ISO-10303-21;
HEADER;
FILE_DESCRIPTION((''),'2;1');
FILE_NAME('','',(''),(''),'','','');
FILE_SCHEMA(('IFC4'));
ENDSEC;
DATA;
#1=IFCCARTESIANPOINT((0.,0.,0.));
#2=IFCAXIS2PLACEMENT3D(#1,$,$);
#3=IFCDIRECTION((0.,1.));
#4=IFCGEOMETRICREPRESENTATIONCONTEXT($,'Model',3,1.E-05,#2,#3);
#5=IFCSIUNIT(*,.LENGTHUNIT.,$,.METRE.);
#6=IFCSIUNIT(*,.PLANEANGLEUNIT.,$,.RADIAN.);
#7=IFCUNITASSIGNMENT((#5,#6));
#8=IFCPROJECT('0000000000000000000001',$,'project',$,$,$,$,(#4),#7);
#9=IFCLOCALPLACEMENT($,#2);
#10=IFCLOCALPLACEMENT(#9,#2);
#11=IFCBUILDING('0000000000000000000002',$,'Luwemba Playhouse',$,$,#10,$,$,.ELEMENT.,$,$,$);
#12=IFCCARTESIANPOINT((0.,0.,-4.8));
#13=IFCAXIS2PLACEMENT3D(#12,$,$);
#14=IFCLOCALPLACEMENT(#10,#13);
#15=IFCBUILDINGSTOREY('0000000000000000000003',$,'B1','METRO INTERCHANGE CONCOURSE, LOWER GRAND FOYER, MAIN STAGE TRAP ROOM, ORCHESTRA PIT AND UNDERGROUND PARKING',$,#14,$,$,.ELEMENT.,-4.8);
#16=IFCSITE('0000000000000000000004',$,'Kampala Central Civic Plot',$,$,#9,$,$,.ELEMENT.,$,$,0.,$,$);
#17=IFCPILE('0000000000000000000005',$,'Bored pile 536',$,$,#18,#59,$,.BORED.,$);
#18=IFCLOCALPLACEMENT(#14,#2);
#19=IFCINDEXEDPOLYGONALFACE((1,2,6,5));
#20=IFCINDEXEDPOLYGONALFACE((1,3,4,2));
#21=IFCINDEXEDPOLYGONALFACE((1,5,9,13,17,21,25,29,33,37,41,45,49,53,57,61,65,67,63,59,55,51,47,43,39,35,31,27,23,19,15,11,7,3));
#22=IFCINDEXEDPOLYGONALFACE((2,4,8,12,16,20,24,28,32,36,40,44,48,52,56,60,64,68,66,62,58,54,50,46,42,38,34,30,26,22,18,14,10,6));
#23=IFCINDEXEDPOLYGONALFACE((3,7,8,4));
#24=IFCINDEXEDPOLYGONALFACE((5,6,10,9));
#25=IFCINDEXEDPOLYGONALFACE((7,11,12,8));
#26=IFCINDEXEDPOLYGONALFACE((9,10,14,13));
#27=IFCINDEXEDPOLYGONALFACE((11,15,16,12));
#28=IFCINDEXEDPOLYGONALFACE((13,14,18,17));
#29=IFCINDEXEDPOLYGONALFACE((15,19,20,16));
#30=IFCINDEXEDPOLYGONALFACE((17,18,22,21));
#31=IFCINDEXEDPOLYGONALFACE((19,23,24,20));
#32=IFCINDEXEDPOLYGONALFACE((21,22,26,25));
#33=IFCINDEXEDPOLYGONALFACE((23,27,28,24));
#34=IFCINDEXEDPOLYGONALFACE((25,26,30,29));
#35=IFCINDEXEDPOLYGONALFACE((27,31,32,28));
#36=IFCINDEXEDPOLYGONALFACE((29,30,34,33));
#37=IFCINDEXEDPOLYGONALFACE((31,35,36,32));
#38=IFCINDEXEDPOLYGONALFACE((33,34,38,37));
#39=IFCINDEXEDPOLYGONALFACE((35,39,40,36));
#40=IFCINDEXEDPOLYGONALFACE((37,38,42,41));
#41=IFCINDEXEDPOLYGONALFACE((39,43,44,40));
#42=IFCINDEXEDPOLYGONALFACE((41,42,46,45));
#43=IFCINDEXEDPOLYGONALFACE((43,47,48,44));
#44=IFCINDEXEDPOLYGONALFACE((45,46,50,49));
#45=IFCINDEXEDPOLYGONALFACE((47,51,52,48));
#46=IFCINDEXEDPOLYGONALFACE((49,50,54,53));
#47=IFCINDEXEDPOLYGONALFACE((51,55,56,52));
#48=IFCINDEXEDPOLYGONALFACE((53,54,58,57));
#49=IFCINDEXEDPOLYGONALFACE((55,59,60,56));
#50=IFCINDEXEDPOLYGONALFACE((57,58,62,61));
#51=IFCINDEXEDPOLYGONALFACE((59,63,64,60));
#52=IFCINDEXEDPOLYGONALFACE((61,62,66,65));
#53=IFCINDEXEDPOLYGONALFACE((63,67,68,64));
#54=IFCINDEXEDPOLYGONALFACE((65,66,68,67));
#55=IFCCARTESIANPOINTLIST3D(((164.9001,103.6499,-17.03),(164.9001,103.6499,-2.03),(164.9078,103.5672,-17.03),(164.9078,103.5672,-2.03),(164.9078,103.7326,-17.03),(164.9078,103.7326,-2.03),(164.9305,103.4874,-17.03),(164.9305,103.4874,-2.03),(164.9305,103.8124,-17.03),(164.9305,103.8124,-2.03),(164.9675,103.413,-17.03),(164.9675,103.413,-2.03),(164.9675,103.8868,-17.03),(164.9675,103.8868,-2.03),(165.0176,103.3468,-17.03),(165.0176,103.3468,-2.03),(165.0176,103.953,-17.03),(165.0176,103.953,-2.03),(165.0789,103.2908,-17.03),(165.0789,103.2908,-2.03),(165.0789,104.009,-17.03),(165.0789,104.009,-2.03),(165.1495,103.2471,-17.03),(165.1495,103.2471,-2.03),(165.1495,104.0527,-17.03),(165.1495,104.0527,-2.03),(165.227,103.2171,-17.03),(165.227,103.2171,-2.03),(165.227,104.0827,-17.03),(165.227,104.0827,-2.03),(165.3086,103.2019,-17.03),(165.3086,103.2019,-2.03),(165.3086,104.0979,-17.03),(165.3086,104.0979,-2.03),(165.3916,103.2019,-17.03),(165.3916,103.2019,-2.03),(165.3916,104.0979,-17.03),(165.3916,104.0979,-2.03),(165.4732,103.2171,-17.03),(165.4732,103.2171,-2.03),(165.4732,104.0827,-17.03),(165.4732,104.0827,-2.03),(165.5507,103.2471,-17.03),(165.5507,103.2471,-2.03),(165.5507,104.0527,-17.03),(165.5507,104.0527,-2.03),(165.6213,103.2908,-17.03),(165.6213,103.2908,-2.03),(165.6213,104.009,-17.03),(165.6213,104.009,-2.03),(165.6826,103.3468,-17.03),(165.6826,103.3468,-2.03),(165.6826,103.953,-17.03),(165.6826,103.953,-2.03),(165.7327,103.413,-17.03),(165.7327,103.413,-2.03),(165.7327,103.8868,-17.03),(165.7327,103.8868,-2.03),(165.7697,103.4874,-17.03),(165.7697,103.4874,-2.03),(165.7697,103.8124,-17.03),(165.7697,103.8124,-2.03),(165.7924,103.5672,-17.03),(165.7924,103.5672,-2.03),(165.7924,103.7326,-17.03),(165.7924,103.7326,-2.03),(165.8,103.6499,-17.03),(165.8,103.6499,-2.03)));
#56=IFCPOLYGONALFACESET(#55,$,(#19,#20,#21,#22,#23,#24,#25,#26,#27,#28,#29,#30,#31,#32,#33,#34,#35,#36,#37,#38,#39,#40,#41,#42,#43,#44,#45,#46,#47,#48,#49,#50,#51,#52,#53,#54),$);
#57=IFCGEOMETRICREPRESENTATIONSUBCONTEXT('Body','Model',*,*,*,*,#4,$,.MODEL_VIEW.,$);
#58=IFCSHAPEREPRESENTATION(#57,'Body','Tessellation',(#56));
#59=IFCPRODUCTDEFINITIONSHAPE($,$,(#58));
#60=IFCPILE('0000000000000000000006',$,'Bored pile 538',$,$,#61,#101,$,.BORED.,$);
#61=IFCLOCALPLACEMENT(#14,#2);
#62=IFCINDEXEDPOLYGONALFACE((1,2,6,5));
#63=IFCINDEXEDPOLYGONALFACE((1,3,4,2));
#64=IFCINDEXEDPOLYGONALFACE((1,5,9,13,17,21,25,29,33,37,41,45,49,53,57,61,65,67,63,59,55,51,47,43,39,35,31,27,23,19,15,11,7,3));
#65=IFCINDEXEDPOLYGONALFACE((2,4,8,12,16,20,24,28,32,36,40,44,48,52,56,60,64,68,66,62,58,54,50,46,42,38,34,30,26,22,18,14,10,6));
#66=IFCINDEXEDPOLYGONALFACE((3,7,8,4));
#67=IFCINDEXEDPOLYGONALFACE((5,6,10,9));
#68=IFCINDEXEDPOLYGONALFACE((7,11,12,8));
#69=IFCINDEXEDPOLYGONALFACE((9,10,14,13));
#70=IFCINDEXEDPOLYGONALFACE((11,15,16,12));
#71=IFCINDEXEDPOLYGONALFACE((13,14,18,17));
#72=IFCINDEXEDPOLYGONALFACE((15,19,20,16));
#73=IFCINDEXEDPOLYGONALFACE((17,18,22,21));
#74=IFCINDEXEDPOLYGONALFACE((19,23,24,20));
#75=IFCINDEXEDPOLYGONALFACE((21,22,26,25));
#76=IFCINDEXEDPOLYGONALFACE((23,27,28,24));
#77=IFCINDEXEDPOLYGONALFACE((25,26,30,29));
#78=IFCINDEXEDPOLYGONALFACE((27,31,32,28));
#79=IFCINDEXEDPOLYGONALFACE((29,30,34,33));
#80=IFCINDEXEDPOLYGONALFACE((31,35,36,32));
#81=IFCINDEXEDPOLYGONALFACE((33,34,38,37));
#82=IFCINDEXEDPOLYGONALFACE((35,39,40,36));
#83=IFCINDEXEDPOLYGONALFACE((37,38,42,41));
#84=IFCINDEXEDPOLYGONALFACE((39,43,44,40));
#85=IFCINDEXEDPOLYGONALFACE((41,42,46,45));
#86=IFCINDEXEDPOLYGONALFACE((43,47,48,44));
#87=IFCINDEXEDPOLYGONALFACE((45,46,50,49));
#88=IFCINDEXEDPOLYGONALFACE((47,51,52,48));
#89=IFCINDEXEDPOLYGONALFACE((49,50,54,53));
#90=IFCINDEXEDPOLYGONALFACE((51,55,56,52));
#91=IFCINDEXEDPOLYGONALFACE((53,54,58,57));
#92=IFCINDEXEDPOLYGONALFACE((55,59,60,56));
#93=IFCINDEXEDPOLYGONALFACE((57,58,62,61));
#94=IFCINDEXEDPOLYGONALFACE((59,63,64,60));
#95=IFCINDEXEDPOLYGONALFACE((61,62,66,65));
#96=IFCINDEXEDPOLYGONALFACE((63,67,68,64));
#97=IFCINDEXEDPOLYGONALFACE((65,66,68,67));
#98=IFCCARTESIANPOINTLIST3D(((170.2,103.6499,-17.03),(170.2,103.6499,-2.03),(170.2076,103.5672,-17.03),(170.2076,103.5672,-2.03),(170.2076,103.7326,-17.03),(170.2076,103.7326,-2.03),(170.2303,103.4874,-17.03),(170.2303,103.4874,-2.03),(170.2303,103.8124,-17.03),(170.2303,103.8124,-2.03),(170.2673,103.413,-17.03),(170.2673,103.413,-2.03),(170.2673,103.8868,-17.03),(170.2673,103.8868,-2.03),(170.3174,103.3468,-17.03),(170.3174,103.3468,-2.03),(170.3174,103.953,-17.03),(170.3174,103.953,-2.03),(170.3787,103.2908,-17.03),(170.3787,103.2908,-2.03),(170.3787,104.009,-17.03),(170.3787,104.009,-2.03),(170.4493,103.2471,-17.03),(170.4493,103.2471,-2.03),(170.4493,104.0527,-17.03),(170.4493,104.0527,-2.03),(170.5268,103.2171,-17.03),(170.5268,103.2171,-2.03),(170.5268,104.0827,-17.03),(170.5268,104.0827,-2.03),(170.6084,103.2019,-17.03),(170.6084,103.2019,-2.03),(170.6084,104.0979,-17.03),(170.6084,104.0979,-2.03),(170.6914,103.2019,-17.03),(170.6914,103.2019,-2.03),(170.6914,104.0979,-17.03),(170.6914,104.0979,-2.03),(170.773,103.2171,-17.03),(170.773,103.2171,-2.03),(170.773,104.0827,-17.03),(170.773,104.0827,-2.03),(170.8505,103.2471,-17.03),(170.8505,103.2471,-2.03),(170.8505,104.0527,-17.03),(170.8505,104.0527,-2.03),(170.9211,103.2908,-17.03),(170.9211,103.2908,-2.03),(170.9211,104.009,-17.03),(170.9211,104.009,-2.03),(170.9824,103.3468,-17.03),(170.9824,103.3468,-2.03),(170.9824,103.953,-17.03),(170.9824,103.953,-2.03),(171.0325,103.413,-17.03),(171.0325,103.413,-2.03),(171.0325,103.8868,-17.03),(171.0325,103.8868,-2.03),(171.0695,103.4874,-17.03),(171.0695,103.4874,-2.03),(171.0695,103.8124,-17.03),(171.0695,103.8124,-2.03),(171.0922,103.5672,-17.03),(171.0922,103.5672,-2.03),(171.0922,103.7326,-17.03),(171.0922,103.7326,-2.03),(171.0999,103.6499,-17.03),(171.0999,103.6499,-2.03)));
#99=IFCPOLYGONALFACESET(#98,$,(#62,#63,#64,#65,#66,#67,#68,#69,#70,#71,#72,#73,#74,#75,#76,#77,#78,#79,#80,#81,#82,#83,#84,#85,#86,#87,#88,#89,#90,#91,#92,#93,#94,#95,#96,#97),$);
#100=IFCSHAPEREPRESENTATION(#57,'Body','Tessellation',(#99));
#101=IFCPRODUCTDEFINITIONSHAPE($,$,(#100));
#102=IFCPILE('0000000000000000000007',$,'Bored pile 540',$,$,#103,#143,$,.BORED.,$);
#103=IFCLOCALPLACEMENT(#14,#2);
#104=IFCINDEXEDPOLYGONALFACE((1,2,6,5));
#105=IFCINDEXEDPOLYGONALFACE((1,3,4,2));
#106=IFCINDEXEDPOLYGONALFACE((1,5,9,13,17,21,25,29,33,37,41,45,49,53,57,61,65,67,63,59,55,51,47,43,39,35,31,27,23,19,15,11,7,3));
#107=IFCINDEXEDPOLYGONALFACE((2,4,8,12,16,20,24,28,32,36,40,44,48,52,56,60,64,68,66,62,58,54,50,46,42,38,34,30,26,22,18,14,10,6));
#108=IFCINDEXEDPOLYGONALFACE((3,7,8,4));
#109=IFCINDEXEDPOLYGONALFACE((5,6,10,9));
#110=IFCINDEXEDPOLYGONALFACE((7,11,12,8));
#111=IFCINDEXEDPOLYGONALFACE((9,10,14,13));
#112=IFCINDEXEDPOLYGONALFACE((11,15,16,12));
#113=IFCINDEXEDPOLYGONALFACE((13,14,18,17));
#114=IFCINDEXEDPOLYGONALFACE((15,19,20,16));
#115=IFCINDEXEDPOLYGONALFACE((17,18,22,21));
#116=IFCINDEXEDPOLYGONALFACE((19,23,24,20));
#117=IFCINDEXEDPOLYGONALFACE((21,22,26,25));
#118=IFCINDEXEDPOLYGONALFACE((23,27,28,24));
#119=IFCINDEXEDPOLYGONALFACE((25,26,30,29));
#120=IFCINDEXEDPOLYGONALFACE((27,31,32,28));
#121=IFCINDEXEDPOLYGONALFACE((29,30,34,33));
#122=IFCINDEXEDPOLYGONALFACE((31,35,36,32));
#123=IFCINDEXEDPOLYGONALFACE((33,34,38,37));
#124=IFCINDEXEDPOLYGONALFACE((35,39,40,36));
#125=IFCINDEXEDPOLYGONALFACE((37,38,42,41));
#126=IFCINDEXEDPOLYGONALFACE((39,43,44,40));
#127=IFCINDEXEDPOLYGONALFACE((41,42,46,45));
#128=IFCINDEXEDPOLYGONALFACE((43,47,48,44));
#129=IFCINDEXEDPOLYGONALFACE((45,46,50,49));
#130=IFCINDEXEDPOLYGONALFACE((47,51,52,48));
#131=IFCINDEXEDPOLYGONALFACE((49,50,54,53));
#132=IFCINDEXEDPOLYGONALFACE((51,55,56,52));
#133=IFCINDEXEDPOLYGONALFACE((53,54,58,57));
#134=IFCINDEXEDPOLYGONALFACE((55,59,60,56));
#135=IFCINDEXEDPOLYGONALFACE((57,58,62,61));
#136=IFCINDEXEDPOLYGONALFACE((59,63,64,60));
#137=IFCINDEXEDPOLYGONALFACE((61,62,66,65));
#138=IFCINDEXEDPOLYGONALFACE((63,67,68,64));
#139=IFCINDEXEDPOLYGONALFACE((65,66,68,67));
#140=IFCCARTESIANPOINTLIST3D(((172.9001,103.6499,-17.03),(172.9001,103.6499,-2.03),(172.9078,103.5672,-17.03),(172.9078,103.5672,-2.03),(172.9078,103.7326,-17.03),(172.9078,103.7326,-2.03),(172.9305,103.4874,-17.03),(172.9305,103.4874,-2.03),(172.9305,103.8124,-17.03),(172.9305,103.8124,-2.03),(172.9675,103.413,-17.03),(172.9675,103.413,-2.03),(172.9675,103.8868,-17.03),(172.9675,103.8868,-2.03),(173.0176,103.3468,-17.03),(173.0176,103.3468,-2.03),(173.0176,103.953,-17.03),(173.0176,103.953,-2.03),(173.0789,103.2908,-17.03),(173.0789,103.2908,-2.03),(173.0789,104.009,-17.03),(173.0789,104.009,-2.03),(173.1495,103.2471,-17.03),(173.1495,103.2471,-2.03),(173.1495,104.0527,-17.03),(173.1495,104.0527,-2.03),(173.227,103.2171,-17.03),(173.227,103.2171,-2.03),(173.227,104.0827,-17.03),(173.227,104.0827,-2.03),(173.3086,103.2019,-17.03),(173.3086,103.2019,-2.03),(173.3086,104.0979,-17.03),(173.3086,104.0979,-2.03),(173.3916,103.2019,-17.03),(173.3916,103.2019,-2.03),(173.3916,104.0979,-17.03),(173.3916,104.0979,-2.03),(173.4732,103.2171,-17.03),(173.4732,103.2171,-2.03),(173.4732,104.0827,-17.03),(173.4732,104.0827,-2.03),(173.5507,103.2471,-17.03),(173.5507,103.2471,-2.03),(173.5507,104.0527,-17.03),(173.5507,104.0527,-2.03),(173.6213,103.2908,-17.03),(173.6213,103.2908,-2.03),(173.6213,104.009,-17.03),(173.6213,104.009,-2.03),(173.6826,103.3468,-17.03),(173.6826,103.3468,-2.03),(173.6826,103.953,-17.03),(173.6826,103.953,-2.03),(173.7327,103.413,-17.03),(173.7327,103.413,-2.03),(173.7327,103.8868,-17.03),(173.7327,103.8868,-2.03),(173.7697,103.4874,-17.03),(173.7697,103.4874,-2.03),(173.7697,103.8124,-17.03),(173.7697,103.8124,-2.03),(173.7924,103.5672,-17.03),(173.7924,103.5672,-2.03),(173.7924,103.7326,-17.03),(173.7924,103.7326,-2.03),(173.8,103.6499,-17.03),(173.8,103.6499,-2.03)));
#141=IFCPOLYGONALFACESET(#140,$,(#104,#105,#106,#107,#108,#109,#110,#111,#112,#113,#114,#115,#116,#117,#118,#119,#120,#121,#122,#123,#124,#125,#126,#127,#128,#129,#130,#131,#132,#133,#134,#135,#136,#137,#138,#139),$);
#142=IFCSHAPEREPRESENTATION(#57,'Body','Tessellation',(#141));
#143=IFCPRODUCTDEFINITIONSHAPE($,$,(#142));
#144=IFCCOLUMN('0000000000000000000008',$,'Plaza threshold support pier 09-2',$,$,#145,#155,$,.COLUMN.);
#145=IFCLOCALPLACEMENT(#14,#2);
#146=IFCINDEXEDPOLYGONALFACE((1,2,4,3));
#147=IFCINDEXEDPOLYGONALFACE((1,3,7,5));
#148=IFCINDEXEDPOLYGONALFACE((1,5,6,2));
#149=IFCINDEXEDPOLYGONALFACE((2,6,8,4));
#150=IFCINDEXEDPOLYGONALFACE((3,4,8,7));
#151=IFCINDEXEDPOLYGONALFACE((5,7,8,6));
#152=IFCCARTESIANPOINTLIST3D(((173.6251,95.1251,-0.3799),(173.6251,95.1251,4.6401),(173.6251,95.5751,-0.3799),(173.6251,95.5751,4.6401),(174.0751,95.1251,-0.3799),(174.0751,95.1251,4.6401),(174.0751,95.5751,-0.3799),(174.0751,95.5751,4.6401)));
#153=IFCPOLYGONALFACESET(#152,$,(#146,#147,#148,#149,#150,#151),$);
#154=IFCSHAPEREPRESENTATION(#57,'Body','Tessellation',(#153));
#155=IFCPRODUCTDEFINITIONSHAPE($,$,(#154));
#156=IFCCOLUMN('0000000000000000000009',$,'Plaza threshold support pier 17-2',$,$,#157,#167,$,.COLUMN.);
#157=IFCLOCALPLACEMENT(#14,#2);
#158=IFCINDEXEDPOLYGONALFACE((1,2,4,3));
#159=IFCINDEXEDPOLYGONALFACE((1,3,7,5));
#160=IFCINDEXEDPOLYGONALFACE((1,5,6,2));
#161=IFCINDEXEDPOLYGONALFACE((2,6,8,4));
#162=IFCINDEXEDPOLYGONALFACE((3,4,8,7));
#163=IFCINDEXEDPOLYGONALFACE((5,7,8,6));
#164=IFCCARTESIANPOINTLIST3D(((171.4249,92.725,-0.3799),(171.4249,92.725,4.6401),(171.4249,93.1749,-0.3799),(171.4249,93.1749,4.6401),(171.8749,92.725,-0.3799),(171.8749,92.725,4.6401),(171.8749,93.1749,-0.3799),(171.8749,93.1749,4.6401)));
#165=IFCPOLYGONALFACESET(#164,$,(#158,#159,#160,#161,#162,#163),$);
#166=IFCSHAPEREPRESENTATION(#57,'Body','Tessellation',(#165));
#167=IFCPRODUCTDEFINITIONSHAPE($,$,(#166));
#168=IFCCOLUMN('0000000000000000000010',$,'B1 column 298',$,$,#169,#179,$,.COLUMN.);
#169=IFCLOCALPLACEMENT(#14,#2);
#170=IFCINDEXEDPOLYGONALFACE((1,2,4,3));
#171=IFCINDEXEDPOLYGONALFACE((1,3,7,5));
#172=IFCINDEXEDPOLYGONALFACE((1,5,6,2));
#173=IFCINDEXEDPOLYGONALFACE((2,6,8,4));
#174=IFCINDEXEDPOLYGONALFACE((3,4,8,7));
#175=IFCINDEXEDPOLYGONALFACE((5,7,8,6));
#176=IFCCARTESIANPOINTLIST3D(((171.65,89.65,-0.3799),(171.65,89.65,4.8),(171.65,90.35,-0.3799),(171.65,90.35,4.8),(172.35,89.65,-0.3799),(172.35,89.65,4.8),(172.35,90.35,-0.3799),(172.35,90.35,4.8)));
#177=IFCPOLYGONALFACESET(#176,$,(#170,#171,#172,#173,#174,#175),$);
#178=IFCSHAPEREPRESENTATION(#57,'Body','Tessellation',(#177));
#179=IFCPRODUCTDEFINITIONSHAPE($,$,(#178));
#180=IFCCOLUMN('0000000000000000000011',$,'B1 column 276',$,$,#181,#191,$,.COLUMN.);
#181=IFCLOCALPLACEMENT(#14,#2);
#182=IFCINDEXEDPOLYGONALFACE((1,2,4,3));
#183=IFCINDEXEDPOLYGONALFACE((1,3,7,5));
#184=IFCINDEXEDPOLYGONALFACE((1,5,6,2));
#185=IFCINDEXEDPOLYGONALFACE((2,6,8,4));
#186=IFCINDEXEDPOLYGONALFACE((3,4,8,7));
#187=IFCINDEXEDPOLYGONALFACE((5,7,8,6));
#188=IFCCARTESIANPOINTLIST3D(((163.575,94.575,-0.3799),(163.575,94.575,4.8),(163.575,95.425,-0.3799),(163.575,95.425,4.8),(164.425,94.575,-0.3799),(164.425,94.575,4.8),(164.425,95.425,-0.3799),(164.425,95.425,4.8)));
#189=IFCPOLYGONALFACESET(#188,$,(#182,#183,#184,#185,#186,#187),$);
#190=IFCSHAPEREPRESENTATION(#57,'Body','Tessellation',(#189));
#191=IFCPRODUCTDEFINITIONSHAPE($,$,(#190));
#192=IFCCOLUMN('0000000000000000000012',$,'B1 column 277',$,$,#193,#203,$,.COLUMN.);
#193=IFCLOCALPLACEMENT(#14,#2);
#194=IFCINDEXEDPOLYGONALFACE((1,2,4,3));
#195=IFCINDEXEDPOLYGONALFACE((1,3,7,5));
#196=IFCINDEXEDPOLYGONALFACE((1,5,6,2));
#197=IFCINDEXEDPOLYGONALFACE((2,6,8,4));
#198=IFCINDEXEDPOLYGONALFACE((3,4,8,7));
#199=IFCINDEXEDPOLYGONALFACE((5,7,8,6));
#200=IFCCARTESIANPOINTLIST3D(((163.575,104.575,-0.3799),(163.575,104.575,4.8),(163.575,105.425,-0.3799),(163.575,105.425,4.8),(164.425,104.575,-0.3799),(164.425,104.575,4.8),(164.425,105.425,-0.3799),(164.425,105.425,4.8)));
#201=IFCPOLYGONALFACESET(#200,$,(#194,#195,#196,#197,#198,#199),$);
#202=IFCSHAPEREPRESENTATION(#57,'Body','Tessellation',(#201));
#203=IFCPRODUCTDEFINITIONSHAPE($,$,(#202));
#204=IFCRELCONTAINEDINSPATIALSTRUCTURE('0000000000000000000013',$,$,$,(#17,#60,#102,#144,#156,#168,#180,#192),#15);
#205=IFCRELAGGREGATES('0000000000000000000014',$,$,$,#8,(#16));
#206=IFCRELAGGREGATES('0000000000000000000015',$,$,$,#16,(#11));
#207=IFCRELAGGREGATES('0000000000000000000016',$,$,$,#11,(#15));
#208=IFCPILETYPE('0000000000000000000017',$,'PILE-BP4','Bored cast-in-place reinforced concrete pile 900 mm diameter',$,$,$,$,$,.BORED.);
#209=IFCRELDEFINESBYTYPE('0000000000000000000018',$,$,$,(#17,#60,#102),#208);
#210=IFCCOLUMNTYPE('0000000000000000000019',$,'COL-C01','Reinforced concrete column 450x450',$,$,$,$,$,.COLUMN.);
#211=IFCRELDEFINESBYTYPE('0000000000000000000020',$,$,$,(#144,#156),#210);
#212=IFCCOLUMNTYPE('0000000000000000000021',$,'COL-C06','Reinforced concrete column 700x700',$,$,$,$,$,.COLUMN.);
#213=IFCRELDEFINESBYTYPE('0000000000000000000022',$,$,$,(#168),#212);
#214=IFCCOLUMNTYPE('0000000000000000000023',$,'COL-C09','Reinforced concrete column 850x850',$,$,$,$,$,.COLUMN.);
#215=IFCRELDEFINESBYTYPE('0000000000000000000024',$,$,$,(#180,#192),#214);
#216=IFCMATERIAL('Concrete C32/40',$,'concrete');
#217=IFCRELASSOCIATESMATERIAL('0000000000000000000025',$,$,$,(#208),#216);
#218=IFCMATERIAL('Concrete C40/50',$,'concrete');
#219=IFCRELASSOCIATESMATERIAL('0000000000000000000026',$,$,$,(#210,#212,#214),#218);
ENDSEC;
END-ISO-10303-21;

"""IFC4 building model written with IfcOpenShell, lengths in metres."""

from ifc_helpers import new_model, si_unit, direction, frame, origin, origin_2d, place, context, subcontext, project, spatial, rectangle, circle, extrude, material, material_profile, profile_set, type_object, element, save


model = new_model("IFC4")

# Units and contexts
model_context = context("Model", 3, precision=1e-05, world=origin(), true_north=direction((0.0, 1.0)))
body_context = subcontext(model_context, "Body", "Model", "MODEL_VIEW")
ifc_project = project(units=[si_unit("LENGTHUNIT", "METRE"), si_unit("PLANEANGLEUNIT", "RADIAN")], contexts=[model_context])

# Site, building, storey
site_placement = place(None, origin())
site = spatial("IfcSite", under=ifc_project, at=site_placement, Name="Kampala Central Civic Plot", CompositionType="ELEMENT", RefElevation=0.0)
building_placement = place(site_placement, origin())
building = spatial("IfcBuilding", under=site, at=building_placement, Name="Luwemba Playhouse", CompositionType="ELEMENT")
storey_placement = place(building_placement, frame((0.0, 0.0, -4.8)))
storey = spatial("IfcBuildingStorey", under=building, at=storey_placement, Name="B1", Description="METRO INTERCHANGE CONCOURSE, LOWER GRAND FOYER, MAIN STAGE TRAP ROOM, ORCHESTRA PIT AND UNDERGROUND PARKING", CompositionType="ELEMENT", Elevation=-4.8)

# Shared definitions
ifc_material_1 = material(Name="Concrete C32/40", Category="concrete")

# Piles
ifc_material_profile_1 = material_profile(ifc_material_1, circle(Radius=0.45, at=origin_2d()))
ifc_profile_set_1 = profile_set([ifc_material_profile_1], Name="Concrete C32/40")
pile_type_1 = type_object("IfcPileType", Name="PILE-BP4", Description="Bored cast-in-place reinforced concrete pile 900 mm diameter", PredefinedType="BORED", material=ifc_profile_set_1)
for number, where, z_axis, x_axis, name in (
    (1, (165.3501, 103.6499, -2.03), (0.0, 0.0, -1.0), (1.0, 0.0, 0.0), "Bored pile 536"),
    (2, (170.6499, 103.6499, -2.03), (0.0, 0.0, -1.0), (1.0, 0.0, 0.0), "Bored pile 538"),
    (3, (173.3501, 103.6499, -2.03), (0.0, 0.0, -1.0), (1.0, 0.0, 0.0), "Bored pile 540"),
):
    element("IfcPile", number, at=place(storey_placement, frame(where, z_axis=z_axis, x_axis=x_axis)), inside=storey, type_object=pile_type_1, Name=name, PredefinedType="BORED", context=body_context, shape_type="SweptSolid", body=[
        extrude(circle(Radius=0.45, at=origin_2d()), origin(), (0.0, 0.0, 1.0), 15.0),
    ])

# Columns
ifc_material_2 = material(Name="Concrete C40/50", Category="concrete")
ifc_material_profile_2 = material_profile(ifc_material_2, rectangle(XDim=0.45, YDim=0.45, at=origin_2d()))
ifc_profile_set_2 = profile_set([ifc_material_profile_2], Name="Concrete C40/50")
column_type_1 = type_object("IfcColumnType", Name="COL-C01", Description="Reinforced concrete column 450x450", PredefinedType="COLUMN", material=ifc_profile_set_2)
for number, where, z_axis, x_axis, name in (
    (4, (173.8501, 95.3501, -0.3799), (0.0, 0.0, 1.0), (1.0, 0.0, 0.0), "Plaza threshold support pier 09-2"),
    (5, (171.6499, 92.95, -0.3799), (0.0, 0.0, 1.0), (1.0, 0.0, 0.0), "Plaza threshold support pier 17-2"),
):
    element("IfcColumn", number, at=place(storey_placement, frame(where, z_axis=z_axis, x_axis=x_axis)), inside=storey, type_object=column_type_1, Name=name, PredefinedType="COLUMN", context=body_context, shape_type="SweptSolid", body=[
        extrude(rectangle(XDim=0.45, YDim=0.45, at=origin_2d()), origin(), (0.0, 0.0, 1.0), 5.02),
    ])
ifc_material_profile_3 = material_profile(ifc_material_2, rectangle(XDim=0.7, YDim=0.7, at=origin_2d()))
ifc_profile_set_3 = profile_set([ifc_material_profile_3], Name="Concrete C40/50")
column_type_2 = type_object("IfcColumnType", Name="COL-C06", Description="Reinforced concrete column 700x700", PredefinedType="COLUMN", material=ifc_profile_set_3)
column_1_placement = place(storey_placement, frame((172.0, 90.0, -0.3799), z_axis=(0.0, 0.0, 1.0), x_axis=(1.0, 0.0, 0.0)))
element("IfcColumn", 6, at=column_1_placement, inside=storey, type_object=column_type_2, Name="B1 column 298", PredefinedType="COLUMN", context=body_context, shape_type="SweptSolid", body=[
    extrude(rectangle(XDim=0.7, YDim=0.7, at=origin_2d()), origin(), (0.0, 0.0, 1.0), 5.1799),
])
ifc_material_profile_4 = material_profile(ifc_material_2, rectangle(XDim=0.8501, YDim=0.8501, at=origin_2d()))
ifc_profile_set_4 = profile_set([ifc_material_profile_4], Name="Concrete C40/50")
column_type_3 = type_object("IfcColumnType", Name="COL-C09", Description="Reinforced concrete column 850x850", PredefinedType="COLUMN", material=ifc_profile_set_4)
for number, where, z_axis, x_axis, name in (
    (7, (164.0, 95.0, -0.3799), (0.0, 0.0, 1.0), (1.0, 0.0, 0.0), "B1 column 276"),
    (8, (164.0, 105.0, -0.3799), (0.0, 0.0, 1.0), (1.0, 0.0, 0.0), "B1 column 277"),
):
    element("IfcColumn", number, at=place(storey_placement, frame(where, z_axis=z_axis, x_axis=x_axis)), inside=storey, type_object=column_type_3, Name=name, PredefinedType="COLUMN", context=body_context, shape_type="SweptSolid", body=[
        extrude(rectangle(XDim=0.8501, YDim=0.8501, at=origin_2d()), origin(), (0.0, 0.0, 1.0), 5.1799),
    ])

save(model, "model.ifc")
